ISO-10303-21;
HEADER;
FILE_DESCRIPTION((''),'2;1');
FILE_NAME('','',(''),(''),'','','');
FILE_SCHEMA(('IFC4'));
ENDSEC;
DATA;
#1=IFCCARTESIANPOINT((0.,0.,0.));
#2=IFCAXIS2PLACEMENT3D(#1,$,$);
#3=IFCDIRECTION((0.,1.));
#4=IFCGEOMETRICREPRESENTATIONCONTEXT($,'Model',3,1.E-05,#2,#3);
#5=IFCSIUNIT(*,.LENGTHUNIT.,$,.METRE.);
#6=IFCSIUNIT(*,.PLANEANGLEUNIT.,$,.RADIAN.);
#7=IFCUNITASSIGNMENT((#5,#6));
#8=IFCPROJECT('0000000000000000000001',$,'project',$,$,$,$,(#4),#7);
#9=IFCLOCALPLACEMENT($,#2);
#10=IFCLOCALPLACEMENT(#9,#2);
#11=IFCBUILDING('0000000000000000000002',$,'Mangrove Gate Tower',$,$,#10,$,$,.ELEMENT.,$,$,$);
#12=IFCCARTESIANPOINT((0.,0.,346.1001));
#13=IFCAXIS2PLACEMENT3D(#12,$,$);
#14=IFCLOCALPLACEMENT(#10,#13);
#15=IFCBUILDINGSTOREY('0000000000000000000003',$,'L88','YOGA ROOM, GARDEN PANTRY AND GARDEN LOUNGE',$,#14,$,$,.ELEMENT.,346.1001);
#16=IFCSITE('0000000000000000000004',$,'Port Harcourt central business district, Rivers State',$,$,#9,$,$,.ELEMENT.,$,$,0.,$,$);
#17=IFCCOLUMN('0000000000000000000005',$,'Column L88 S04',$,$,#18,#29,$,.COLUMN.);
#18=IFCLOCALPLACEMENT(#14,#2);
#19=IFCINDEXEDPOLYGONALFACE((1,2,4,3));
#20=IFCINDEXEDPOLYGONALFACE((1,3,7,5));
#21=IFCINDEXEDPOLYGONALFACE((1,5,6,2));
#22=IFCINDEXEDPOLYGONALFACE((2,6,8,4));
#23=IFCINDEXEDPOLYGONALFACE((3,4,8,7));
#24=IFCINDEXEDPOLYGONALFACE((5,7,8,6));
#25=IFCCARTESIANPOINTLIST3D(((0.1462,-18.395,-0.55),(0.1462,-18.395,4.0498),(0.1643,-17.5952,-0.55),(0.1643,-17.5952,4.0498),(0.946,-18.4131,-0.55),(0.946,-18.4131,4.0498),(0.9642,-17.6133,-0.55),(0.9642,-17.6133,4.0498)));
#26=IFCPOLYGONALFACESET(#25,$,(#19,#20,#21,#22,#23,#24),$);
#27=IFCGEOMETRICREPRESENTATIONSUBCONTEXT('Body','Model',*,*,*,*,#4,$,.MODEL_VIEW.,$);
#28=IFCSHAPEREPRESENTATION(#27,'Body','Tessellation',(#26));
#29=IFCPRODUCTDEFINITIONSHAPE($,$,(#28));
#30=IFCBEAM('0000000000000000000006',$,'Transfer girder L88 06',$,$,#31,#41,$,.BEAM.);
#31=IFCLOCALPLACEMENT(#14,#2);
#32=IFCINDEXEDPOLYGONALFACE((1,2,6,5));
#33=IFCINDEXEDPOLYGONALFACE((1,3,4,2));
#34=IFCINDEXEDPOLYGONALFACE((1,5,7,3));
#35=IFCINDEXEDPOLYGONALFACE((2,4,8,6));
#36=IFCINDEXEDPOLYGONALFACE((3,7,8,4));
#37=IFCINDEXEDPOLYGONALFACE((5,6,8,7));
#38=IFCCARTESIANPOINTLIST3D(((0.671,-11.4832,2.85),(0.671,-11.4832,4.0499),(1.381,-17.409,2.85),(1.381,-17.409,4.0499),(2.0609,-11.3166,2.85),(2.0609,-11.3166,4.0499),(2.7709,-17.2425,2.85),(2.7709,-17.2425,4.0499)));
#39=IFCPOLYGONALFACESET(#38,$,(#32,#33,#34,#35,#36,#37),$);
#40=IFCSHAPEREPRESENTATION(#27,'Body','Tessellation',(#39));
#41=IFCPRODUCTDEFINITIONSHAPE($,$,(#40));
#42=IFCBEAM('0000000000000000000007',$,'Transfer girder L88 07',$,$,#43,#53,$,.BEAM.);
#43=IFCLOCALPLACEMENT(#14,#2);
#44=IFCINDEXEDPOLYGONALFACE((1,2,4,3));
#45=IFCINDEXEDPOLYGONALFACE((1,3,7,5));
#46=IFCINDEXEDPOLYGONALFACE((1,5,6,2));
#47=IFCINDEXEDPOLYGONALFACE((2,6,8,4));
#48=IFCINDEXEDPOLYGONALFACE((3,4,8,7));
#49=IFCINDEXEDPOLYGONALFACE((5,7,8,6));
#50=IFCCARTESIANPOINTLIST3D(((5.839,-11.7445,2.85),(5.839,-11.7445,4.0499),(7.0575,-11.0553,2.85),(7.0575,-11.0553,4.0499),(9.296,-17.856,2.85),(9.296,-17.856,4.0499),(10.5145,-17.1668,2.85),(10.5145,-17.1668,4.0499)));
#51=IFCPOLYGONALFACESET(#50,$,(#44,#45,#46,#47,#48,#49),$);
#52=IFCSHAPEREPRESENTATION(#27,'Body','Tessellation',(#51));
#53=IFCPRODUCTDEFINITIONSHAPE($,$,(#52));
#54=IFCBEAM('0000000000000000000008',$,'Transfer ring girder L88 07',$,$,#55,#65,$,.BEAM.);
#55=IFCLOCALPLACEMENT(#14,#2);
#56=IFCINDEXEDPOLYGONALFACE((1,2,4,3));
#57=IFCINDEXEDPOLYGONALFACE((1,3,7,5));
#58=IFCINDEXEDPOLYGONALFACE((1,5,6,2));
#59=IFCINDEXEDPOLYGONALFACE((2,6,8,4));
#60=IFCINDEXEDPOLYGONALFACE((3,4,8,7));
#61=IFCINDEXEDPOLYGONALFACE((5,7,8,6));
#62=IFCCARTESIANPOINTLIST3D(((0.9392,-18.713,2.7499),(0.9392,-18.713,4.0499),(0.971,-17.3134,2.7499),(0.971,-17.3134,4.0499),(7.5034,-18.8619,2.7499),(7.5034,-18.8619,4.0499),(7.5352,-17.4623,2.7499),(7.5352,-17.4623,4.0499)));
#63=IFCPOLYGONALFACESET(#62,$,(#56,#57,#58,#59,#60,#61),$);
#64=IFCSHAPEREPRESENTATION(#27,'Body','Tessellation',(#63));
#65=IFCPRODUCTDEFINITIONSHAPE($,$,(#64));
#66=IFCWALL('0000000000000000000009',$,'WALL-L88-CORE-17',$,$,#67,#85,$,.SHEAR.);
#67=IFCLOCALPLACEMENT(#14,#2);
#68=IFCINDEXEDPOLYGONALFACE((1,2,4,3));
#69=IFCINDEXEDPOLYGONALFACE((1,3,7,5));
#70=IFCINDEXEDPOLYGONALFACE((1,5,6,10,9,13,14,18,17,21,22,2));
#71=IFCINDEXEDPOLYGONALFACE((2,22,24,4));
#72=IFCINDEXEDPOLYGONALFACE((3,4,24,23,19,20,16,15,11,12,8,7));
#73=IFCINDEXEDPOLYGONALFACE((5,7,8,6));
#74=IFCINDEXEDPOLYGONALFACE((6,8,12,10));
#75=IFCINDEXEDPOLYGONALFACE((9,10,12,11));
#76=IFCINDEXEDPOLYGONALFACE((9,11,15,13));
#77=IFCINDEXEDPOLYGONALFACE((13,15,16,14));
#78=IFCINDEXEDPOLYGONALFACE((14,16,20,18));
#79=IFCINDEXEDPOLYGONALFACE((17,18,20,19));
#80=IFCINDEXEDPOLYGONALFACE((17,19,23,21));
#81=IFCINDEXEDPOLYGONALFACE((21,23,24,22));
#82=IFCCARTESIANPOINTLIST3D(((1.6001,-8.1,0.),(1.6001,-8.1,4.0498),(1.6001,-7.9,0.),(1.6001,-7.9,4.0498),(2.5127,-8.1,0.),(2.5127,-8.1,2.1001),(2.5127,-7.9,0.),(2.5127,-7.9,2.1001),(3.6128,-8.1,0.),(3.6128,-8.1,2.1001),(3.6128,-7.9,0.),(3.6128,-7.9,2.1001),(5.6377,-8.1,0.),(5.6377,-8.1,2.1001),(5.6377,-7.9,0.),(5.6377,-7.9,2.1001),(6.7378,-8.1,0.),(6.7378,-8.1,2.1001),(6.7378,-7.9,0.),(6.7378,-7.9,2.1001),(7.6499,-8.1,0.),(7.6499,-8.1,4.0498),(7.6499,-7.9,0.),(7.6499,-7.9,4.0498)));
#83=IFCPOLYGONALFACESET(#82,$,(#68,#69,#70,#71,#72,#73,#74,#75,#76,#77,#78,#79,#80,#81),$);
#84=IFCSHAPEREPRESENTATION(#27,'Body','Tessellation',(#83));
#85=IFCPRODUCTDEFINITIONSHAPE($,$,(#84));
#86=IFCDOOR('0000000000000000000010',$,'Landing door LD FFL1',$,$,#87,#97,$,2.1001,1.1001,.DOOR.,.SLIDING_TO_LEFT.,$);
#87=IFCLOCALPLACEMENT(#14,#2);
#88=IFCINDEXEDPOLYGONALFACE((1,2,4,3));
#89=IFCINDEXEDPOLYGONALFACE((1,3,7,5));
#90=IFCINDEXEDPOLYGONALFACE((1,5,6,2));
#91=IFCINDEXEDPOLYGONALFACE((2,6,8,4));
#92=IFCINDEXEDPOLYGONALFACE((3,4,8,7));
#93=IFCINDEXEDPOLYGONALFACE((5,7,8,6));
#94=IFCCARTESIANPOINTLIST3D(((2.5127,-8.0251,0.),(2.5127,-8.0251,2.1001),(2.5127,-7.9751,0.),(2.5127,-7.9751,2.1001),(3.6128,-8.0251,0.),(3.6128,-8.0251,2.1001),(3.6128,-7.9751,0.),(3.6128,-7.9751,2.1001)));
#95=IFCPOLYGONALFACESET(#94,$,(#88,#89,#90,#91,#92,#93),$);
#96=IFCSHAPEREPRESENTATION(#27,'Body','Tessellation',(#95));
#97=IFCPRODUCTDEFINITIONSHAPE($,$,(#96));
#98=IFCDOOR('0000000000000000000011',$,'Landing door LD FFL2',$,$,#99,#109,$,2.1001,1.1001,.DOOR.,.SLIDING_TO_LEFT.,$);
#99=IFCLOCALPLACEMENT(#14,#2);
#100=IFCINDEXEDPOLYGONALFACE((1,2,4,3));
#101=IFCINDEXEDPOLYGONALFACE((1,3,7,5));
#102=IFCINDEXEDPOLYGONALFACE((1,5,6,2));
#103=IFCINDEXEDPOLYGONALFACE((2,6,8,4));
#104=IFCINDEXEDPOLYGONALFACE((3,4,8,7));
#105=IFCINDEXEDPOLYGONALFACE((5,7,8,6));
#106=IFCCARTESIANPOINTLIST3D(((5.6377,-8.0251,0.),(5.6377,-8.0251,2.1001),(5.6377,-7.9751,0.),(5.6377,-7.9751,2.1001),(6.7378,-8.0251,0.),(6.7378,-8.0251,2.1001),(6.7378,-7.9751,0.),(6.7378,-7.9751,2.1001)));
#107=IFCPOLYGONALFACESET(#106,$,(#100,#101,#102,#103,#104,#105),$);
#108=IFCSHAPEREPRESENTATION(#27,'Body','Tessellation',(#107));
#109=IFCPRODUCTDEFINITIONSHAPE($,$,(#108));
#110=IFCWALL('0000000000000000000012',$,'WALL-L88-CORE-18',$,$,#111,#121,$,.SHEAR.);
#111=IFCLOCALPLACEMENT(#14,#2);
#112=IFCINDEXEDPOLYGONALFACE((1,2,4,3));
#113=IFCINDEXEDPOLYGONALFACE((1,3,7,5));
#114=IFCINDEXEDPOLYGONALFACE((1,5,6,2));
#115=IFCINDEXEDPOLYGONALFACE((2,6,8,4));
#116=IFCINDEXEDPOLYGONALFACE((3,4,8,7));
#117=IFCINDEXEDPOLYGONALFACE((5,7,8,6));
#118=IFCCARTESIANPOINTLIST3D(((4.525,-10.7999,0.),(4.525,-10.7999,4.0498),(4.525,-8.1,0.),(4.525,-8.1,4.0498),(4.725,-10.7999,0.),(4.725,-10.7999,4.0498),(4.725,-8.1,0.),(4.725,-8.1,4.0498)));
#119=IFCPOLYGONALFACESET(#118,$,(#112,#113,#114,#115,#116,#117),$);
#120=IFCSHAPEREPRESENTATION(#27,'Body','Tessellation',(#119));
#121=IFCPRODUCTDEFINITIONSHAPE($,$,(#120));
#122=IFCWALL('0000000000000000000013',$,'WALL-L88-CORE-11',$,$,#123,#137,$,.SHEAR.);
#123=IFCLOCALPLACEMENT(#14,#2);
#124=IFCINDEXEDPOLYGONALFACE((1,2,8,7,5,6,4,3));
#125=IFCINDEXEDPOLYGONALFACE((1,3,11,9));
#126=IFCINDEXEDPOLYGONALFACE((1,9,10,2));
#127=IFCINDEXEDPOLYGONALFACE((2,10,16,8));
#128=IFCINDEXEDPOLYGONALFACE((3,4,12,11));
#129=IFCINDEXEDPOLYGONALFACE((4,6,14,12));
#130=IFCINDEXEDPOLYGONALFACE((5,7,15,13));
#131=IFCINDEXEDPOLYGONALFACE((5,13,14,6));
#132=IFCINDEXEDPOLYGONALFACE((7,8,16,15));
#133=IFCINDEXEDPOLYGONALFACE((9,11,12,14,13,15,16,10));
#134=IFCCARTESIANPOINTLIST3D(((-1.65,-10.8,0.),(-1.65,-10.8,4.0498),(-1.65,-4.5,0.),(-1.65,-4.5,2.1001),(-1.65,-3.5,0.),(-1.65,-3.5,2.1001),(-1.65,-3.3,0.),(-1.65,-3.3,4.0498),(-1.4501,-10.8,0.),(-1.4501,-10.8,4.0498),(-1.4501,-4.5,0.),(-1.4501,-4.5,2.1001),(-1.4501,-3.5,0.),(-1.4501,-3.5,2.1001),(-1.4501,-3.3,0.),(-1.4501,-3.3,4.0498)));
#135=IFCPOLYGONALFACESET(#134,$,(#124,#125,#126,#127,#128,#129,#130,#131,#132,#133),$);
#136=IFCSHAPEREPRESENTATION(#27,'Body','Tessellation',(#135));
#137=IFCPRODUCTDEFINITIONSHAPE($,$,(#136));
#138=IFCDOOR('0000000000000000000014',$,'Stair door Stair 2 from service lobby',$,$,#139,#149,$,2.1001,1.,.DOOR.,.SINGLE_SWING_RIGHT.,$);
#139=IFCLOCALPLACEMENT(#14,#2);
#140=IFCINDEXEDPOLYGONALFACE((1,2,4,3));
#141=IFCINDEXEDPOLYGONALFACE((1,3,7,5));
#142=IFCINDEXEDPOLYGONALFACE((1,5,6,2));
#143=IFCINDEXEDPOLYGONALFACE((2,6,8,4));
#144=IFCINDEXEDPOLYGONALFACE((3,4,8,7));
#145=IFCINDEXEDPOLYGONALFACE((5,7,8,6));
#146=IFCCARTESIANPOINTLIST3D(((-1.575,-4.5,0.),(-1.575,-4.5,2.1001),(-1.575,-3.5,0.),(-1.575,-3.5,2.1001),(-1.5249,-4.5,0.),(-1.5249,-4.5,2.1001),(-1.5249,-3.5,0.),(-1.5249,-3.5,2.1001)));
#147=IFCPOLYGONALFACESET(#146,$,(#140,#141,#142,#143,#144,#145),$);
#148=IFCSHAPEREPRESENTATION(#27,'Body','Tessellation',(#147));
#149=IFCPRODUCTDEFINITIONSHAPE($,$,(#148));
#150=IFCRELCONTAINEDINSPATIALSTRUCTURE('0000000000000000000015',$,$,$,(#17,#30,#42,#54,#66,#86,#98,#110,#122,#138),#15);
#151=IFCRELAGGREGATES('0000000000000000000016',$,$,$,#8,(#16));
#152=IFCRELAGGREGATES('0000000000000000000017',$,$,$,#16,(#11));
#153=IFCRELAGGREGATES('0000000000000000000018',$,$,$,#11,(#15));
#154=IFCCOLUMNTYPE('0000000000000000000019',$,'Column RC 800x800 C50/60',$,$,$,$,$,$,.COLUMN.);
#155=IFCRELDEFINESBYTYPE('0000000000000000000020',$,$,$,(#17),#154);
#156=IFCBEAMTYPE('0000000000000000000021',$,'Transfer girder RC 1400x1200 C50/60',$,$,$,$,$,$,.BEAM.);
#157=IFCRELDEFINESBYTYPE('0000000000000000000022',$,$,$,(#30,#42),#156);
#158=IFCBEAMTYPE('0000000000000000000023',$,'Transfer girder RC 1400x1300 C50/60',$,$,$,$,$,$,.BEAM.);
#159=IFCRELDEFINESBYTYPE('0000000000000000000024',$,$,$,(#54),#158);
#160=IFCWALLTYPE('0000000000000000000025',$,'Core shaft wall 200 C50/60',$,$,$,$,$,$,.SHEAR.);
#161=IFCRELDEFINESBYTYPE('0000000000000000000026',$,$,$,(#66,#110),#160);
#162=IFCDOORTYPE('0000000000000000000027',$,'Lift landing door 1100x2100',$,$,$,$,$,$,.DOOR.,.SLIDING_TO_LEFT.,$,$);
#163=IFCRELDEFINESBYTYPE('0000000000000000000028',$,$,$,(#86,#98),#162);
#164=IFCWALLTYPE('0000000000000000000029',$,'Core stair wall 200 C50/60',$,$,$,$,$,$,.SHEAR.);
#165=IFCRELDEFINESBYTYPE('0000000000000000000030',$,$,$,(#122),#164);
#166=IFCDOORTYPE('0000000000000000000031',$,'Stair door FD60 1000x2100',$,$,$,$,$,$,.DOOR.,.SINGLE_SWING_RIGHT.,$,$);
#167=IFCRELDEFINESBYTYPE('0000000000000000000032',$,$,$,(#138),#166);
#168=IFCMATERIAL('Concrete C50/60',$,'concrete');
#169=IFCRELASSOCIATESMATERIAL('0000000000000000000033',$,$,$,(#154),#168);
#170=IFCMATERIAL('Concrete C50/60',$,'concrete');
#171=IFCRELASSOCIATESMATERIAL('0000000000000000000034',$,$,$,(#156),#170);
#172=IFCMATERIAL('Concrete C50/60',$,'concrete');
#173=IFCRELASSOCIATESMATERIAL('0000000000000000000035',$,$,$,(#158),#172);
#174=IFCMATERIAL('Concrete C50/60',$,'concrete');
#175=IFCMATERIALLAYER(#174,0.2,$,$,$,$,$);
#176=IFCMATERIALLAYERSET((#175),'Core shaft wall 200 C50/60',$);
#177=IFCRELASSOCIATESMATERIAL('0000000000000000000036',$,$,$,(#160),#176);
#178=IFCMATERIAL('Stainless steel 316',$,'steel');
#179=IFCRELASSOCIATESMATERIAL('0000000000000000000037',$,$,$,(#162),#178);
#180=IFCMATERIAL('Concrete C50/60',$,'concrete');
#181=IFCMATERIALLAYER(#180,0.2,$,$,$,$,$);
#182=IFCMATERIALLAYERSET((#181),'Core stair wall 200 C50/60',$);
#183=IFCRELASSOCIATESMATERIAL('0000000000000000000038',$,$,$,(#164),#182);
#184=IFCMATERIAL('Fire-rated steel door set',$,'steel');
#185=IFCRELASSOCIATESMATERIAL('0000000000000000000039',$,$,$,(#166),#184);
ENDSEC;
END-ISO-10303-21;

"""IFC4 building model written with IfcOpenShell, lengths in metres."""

from ifc_helpers import new_model, si_unit, direction, frame, frame_2d, origin, origin_2d, place, context, subcontext, project, spatial, rectangle, extrude, material, layer, layer_set, material_profile, profile_set, type_object, element, fill, save


model = new_model("IFC4")

# Units and contexts
model_context = context("Model", 3, precision=1e-05, world=origin(), true_north=direction((0.0, 1.0)))
body_context = subcontext(model_context, "Body", "Model", "MODEL_VIEW")
ifc_project = project(units=[si_unit("LENGTHUNIT", "METRE"), si_unit("PLANEANGLEUNIT", "RADIAN")], contexts=[model_context])

# Site, building, storey
site_placement = place(None, origin())
site = spatial("IfcSite", under=ifc_project, at=site_placement, Name="Port Harcourt central business district, Rivers State", CompositionType="ELEMENT", RefElevation=0.0)
building_placement = place(site_placement, origin())
building = spatial("IfcBuilding", under=site, at=building_placement, Name="Mangrove Gate Tower", CompositionType="ELEMENT")
storey_placement = place(building_placement, frame((0.0, 0.0, 346.1001)))
storey = spatial("IfcBuildingStorey", under=building, at=storey_placement, Name="L88", Description="YOGA ROOM, GARDEN PANTRY AND GARDEN LOUNGE", CompositionType="ELEMENT", Elevation=346.1001)

# Column
ifc_material_1 = material(Name="Concrete C50/60", Category="concrete")
ifc_material_profile_1 = material_profile(ifc_material_1, rectangle(XDim=0.8, YDim=0.8, at=origin_2d()))
ifc_profile_set_1 = profile_set([ifc_material_profile_1], Name="Concrete C50/60")
column_type = type_object("IfcColumnType", Name="Column RC 800x800 C50/60", PredefinedType="COLUMN", material=ifc_profile_set_1)
column_placement = place(storey_placement, frame((0.5552, -18.0042, -0.55), z_axis=(0.0, 0.0, 1.0), x_axis=(0.999743, -0.022671, 0.0)))
element("IfcColumn", 1, at=column_placement, inside=storey, type_object=column_type, Name="Column L88 S04", PredefinedType="COLUMN", context=body_context, shape_type="SweptSolid", body=[
    extrude(rectangle(XDim=0.8, YDim=0.8, at=origin_2d()), origin(), (0.0, 0.0, 1.0), 4.5999),
])

# Beams
ifc_material_2 = material(Name="Concrete C50/60", Category="concrete")
ifc_material_profile_2 = material_profile(ifc_material_2, rectangle(XDim=1.3999, YDim=1.2, at=origin_2d()))
ifc_profile_set_2 = profile_set([ifc_material_profile_2], Name="Concrete C50/60")
beam_type_1 = type_object("IfcBeamType", Name="Transfer girder RC 1400x1200 C50/60", PredefinedType="BEAM", material=ifc_profile_set_2)
beam_1_placement = place(storey_placement, frame((1.366, -11.3999, 3.45), z_axis=(0.118958, -0.992899, 0.0), x_axis=(0.992899, 0.118958, 0.0)))
element("IfcBeam", 2, at=beam_1_placement, inside=storey, type_object=beam_type_1, Name="Transfer girder L88 06", PredefinedType="BEAM", context=body_context, shape_type="SweptSolid", body=[
    extrude(rectangle(XDim=1.3999, YDim=1.2, at=origin_2d()), origin(), (0.0, 0.0, 1.0), 5.9683),
])
beam_2_placement = place(storey_placement, frame((6.4482, -11.3999, 3.45), z_axis=(0.492345, -0.8704, 0.0), x_axis=(0.8704, 0.492345, 0.0)))
element("IfcBeam", 3, at=beam_2_placement, inside=storey, type_object=beam_type_1, Name="Transfer girder L88 07", PredefinedType="BEAM", context=body_context, shape_type="SweptSolid", body=[
    extrude(rectangle(XDim=1.3999, YDim=1.2, at=origin_2d()), origin(), (0.0, 0.0, 1.0), 7.0215),
])
ifc_material_3 = material(Name="Concrete C50/60", Category="concrete")
ifc_material_profile_3 = material_profile(ifc_material_3, rectangle(XDim=1.3999, YDim=1.3, at=origin_2d()))
ifc_profile_set_3 = profile_set([ifc_material_profile_3], Name="Concrete C50/60")
beam_type_2 = type_object("IfcBeamType", Name="Transfer girder RC 1400x1300 C50/60", PredefinedType="BEAM", material=ifc_profile_set_3)
beam_3_placement = place(storey_placement, frame((0.9551, -18.0132, 3.3999), z_axis=(0.999743, -0.022682, 0.0), x_axis=(0.022682, 0.999743, 0.0)))
element("IfcBeam", 4, at=beam_3_placement, inside=storey, type_object=beam_type_2, Name="Transfer ring girder L88 07", PredefinedType="BEAM", context=body_context, shape_type="SweptSolid", body=[
    extrude(rectangle(XDim=1.3999, YDim=1.3, at=origin_2d()), origin(), (0.0, 0.0, 1.0), 6.5659),
])

# Wall, openings, doors
ifc_material_4 = material(Name="Concrete C50/60", Category="concrete")
ifc_layer_1 = layer(ifc_material_4, 0.2)
ifc_layer_set_1 = layer_set([ifc_layer_1], Name="Core shaft wall 200 C50/60")
wall_type_1 = type_object("IfcWallType", Name="Core shaft wall 200 C50/60", PredefinedType="SHEAR", material=ifc_layer_set_1)
wall_1_placement = place(storey_placement, frame((1.6001, -8.0, 0.0), z_axis=(0.0, 0.0, 1.0), x_axis=(1.0, 0.0, 0.0)))
wall_1 = element("IfcWall", 5, at=wall_1_placement, inside=storey, type_object=wall_type_1, Name="WALL-L88-CORE-17", PredefinedType="SHEAR", context=body_context, shape_type="SweptSolid", body=[
    extrude(rectangle(XDim=6.0498, YDim=0.2, at=frame_2d((3.0249, 0.0))), origin(), (0.0, 0.0, 1.0), 4.0498),
])
opening_1_placement = place(wall_1_placement, frame((0.9126, 0.0, 0.0)))
opening_1 = element("IfcOpeningElement", 6, at=opening_1_placement, cuts=wall_1, PredefinedType="OPENING", context=body_context, shape_type="SweptSolid", body=[
    extrude(rectangle(XDim=1.1001, YDim=2.1001, at=frame_2d((0.55, 1.05))), frame((0.0, 0.1099, 0.0), z_axis=(0.0, -1.0, 0.0), x_axis=(1.0, 0.0, 0.0)), (0.0, 0.0, 1.0), 0.22),
])
opening_2_placement = place(wall_1_placement, frame((4.0376, 0.0, 0.0)))
opening_2 = element("IfcOpeningElement", 7, at=opening_2_placement, cuts=wall_1, PredefinedType="OPENING", context=body_context, shape_type="SweptSolid", body=[
    extrude(rectangle(XDim=1.1001, YDim=2.1001, at=frame_2d((0.55, 1.05))), frame((0.0, 0.1099, 0.0), z_axis=(0.0, -1.0, 0.0), x_axis=(1.0, 0.0, 0.0)), (0.0, 0.0, 1.0), 0.22),
])
ifc_material_5 = material(Name="Stainless steel 316", Category="steel")
door_type_1 = type_object("IfcDoorType", Name="Lift landing door 1100x2100", OperationType="SLIDING_TO_LEFT", PredefinedType="DOOR", material=ifc_material_5)
door_1_placement = place(opening_1_placement, origin())
door_1 = element("IfcDoor", 8, at=door_1_placement, inside=storey, type_object=door_type_1, Name="Landing door LD FFL1", OperationType="SLIDING_TO_LEFT", OverallHeight=2.1001, OverallWidth=1.1001, PredefinedType="DOOR", context=body_context, shape_type="SweptSolid", body=[
    extrude(rectangle(XDim=1.1001, YDim=2.1001, at=frame_2d((0.55, 1.05))), frame((0.0, 0.0249, 0.0), z_axis=(0.0, -1.0, 0.0), x_axis=(1.0, 0.0, 0.0)), (0.0, 0.0, 1.0), 0.05),
])
fill(opening_1, door_1)
door_2_placement = place(opening_2_placement, origin())
door_2 = element("IfcDoor", 9, at=door_2_placement, inside=storey, type_object=door_type_1, Name="Landing door LD FFL2", OperationType="SLIDING_TO_LEFT", OverallHeight=2.1001, OverallWidth=1.1001, PredefinedType="DOOR", context=body_context, shape_type="SweptSolid", body=[
    extrude(rectangle(XDim=1.1001, YDim=2.1001, at=frame_2d((0.55, 1.05))), frame((0.0, 0.0249, 0.0), z_axis=(0.0, -1.0, 0.0), x_axis=(1.0, 0.0, 0.0)), (0.0, 0.0, 1.0), 0.05),
])
fill(opening_2, door_2)

# Wall
wall_2_placement = place(storey_placement, frame((4.625, -10.8, 0.0), z_axis=(0.0, 0.0, 1.0), x_axis=(0.0, 1.0, 0.0)))
element("IfcWall", 10, at=wall_2_placement, inside=storey, type_object=wall_type_1, Name="WALL-L88-CORE-18", PredefinedType="SHEAR", context=body_context, shape_type="SweptSolid", body=[
    extrude(rectangle(XDim=2.7, YDim=0.2, at=frame_2d((1.3501, 0.0))), origin(), (0.0, 0.0, 1.0), 4.0498),
])

# Wall, opening, door
ifc_material_6 = material(Name="Concrete C50/60", Category="concrete")
ifc_layer_2 = layer(ifc_material_6, 0.2)
ifc_layer_set_2 = layer_set([ifc_layer_2], Name="Core stair wall 200 C50/60")
wall_type_2 = type_object("IfcWallType", Name="Core stair wall 200 C50/60", PredefinedType="SHEAR", material=ifc_layer_set_2)
wall_3_placement = place(storey_placement, frame((-1.55, -10.8, 0.0), z_axis=(0.0, 0.0, 1.0), x_axis=(0.0, 1.0, 0.0)))
wall_3 = element("IfcWall", 11, at=wall_3_placement, inside=storey, type_object=wall_type_2, Name="WALL-L88-CORE-11", PredefinedType="SHEAR", context=body_context, shape_type="SweptSolid", body=[
    extrude(rectangle(XDim=7.5, YDim=0.2, at=frame_2d((3.75, 0.0))), origin(), (0.0, 0.0, 1.0), 4.0498),
])
opening_3_placement = place(wall_3_placement, frame((6.3, 0.0, 0.0)))
opening_3 = element("IfcOpeningElement", 12, at=opening_3_placement, cuts=wall_3, PredefinedType="OPENING", context=body_context, shape_type="SweptSolid", body=[
    extrude(rectangle(XDim=1.0, YDim=2.1001, at=frame_2d((0.5, 1.05))), frame((0.0, 0.1099, 0.0), z_axis=(0.0, -1.0, 0.0), x_axis=(1.0, 0.0, 0.0)), (0.0, 0.0, 1.0), 0.22),
])
ifc_material_7 = material(Name="Fire-rated steel door set", Category="steel")
door_type_2 = type_object("IfcDoorType", Name="Stair door FD60 1000x2100", OperationType="SINGLE_SWING_RIGHT", PredefinedType="DOOR", material=ifc_material_7)
door_3_placement = place(opening_3_placement, origin())
door_3 = element("IfcDoor", 13, at=door_3_placement, inside=storey, type_object=door_type_2, Name="Stair door Stair 2 from service lobby", OperationType="SINGLE_SWING_RIGHT", OverallHeight=2.1001, OverallWidth=1.0, PredefinedType="DOOR", context=body_context, shape_type="SweptSolid", body=[
    extrude(rectangle(XDim=1.0, YDim=2.1001, at=frame_2d((0.5, 1.05))), frame((0.0, 0.0249, 0.0), z_axis=(0.0, -1.0, 0.0), x_axis=(1.0, 0.0, 0.0)), (0.0, 0.0, 1.0), 0.05),
])
fill(opening_3, door_3)

save(model, "model.ifc")
